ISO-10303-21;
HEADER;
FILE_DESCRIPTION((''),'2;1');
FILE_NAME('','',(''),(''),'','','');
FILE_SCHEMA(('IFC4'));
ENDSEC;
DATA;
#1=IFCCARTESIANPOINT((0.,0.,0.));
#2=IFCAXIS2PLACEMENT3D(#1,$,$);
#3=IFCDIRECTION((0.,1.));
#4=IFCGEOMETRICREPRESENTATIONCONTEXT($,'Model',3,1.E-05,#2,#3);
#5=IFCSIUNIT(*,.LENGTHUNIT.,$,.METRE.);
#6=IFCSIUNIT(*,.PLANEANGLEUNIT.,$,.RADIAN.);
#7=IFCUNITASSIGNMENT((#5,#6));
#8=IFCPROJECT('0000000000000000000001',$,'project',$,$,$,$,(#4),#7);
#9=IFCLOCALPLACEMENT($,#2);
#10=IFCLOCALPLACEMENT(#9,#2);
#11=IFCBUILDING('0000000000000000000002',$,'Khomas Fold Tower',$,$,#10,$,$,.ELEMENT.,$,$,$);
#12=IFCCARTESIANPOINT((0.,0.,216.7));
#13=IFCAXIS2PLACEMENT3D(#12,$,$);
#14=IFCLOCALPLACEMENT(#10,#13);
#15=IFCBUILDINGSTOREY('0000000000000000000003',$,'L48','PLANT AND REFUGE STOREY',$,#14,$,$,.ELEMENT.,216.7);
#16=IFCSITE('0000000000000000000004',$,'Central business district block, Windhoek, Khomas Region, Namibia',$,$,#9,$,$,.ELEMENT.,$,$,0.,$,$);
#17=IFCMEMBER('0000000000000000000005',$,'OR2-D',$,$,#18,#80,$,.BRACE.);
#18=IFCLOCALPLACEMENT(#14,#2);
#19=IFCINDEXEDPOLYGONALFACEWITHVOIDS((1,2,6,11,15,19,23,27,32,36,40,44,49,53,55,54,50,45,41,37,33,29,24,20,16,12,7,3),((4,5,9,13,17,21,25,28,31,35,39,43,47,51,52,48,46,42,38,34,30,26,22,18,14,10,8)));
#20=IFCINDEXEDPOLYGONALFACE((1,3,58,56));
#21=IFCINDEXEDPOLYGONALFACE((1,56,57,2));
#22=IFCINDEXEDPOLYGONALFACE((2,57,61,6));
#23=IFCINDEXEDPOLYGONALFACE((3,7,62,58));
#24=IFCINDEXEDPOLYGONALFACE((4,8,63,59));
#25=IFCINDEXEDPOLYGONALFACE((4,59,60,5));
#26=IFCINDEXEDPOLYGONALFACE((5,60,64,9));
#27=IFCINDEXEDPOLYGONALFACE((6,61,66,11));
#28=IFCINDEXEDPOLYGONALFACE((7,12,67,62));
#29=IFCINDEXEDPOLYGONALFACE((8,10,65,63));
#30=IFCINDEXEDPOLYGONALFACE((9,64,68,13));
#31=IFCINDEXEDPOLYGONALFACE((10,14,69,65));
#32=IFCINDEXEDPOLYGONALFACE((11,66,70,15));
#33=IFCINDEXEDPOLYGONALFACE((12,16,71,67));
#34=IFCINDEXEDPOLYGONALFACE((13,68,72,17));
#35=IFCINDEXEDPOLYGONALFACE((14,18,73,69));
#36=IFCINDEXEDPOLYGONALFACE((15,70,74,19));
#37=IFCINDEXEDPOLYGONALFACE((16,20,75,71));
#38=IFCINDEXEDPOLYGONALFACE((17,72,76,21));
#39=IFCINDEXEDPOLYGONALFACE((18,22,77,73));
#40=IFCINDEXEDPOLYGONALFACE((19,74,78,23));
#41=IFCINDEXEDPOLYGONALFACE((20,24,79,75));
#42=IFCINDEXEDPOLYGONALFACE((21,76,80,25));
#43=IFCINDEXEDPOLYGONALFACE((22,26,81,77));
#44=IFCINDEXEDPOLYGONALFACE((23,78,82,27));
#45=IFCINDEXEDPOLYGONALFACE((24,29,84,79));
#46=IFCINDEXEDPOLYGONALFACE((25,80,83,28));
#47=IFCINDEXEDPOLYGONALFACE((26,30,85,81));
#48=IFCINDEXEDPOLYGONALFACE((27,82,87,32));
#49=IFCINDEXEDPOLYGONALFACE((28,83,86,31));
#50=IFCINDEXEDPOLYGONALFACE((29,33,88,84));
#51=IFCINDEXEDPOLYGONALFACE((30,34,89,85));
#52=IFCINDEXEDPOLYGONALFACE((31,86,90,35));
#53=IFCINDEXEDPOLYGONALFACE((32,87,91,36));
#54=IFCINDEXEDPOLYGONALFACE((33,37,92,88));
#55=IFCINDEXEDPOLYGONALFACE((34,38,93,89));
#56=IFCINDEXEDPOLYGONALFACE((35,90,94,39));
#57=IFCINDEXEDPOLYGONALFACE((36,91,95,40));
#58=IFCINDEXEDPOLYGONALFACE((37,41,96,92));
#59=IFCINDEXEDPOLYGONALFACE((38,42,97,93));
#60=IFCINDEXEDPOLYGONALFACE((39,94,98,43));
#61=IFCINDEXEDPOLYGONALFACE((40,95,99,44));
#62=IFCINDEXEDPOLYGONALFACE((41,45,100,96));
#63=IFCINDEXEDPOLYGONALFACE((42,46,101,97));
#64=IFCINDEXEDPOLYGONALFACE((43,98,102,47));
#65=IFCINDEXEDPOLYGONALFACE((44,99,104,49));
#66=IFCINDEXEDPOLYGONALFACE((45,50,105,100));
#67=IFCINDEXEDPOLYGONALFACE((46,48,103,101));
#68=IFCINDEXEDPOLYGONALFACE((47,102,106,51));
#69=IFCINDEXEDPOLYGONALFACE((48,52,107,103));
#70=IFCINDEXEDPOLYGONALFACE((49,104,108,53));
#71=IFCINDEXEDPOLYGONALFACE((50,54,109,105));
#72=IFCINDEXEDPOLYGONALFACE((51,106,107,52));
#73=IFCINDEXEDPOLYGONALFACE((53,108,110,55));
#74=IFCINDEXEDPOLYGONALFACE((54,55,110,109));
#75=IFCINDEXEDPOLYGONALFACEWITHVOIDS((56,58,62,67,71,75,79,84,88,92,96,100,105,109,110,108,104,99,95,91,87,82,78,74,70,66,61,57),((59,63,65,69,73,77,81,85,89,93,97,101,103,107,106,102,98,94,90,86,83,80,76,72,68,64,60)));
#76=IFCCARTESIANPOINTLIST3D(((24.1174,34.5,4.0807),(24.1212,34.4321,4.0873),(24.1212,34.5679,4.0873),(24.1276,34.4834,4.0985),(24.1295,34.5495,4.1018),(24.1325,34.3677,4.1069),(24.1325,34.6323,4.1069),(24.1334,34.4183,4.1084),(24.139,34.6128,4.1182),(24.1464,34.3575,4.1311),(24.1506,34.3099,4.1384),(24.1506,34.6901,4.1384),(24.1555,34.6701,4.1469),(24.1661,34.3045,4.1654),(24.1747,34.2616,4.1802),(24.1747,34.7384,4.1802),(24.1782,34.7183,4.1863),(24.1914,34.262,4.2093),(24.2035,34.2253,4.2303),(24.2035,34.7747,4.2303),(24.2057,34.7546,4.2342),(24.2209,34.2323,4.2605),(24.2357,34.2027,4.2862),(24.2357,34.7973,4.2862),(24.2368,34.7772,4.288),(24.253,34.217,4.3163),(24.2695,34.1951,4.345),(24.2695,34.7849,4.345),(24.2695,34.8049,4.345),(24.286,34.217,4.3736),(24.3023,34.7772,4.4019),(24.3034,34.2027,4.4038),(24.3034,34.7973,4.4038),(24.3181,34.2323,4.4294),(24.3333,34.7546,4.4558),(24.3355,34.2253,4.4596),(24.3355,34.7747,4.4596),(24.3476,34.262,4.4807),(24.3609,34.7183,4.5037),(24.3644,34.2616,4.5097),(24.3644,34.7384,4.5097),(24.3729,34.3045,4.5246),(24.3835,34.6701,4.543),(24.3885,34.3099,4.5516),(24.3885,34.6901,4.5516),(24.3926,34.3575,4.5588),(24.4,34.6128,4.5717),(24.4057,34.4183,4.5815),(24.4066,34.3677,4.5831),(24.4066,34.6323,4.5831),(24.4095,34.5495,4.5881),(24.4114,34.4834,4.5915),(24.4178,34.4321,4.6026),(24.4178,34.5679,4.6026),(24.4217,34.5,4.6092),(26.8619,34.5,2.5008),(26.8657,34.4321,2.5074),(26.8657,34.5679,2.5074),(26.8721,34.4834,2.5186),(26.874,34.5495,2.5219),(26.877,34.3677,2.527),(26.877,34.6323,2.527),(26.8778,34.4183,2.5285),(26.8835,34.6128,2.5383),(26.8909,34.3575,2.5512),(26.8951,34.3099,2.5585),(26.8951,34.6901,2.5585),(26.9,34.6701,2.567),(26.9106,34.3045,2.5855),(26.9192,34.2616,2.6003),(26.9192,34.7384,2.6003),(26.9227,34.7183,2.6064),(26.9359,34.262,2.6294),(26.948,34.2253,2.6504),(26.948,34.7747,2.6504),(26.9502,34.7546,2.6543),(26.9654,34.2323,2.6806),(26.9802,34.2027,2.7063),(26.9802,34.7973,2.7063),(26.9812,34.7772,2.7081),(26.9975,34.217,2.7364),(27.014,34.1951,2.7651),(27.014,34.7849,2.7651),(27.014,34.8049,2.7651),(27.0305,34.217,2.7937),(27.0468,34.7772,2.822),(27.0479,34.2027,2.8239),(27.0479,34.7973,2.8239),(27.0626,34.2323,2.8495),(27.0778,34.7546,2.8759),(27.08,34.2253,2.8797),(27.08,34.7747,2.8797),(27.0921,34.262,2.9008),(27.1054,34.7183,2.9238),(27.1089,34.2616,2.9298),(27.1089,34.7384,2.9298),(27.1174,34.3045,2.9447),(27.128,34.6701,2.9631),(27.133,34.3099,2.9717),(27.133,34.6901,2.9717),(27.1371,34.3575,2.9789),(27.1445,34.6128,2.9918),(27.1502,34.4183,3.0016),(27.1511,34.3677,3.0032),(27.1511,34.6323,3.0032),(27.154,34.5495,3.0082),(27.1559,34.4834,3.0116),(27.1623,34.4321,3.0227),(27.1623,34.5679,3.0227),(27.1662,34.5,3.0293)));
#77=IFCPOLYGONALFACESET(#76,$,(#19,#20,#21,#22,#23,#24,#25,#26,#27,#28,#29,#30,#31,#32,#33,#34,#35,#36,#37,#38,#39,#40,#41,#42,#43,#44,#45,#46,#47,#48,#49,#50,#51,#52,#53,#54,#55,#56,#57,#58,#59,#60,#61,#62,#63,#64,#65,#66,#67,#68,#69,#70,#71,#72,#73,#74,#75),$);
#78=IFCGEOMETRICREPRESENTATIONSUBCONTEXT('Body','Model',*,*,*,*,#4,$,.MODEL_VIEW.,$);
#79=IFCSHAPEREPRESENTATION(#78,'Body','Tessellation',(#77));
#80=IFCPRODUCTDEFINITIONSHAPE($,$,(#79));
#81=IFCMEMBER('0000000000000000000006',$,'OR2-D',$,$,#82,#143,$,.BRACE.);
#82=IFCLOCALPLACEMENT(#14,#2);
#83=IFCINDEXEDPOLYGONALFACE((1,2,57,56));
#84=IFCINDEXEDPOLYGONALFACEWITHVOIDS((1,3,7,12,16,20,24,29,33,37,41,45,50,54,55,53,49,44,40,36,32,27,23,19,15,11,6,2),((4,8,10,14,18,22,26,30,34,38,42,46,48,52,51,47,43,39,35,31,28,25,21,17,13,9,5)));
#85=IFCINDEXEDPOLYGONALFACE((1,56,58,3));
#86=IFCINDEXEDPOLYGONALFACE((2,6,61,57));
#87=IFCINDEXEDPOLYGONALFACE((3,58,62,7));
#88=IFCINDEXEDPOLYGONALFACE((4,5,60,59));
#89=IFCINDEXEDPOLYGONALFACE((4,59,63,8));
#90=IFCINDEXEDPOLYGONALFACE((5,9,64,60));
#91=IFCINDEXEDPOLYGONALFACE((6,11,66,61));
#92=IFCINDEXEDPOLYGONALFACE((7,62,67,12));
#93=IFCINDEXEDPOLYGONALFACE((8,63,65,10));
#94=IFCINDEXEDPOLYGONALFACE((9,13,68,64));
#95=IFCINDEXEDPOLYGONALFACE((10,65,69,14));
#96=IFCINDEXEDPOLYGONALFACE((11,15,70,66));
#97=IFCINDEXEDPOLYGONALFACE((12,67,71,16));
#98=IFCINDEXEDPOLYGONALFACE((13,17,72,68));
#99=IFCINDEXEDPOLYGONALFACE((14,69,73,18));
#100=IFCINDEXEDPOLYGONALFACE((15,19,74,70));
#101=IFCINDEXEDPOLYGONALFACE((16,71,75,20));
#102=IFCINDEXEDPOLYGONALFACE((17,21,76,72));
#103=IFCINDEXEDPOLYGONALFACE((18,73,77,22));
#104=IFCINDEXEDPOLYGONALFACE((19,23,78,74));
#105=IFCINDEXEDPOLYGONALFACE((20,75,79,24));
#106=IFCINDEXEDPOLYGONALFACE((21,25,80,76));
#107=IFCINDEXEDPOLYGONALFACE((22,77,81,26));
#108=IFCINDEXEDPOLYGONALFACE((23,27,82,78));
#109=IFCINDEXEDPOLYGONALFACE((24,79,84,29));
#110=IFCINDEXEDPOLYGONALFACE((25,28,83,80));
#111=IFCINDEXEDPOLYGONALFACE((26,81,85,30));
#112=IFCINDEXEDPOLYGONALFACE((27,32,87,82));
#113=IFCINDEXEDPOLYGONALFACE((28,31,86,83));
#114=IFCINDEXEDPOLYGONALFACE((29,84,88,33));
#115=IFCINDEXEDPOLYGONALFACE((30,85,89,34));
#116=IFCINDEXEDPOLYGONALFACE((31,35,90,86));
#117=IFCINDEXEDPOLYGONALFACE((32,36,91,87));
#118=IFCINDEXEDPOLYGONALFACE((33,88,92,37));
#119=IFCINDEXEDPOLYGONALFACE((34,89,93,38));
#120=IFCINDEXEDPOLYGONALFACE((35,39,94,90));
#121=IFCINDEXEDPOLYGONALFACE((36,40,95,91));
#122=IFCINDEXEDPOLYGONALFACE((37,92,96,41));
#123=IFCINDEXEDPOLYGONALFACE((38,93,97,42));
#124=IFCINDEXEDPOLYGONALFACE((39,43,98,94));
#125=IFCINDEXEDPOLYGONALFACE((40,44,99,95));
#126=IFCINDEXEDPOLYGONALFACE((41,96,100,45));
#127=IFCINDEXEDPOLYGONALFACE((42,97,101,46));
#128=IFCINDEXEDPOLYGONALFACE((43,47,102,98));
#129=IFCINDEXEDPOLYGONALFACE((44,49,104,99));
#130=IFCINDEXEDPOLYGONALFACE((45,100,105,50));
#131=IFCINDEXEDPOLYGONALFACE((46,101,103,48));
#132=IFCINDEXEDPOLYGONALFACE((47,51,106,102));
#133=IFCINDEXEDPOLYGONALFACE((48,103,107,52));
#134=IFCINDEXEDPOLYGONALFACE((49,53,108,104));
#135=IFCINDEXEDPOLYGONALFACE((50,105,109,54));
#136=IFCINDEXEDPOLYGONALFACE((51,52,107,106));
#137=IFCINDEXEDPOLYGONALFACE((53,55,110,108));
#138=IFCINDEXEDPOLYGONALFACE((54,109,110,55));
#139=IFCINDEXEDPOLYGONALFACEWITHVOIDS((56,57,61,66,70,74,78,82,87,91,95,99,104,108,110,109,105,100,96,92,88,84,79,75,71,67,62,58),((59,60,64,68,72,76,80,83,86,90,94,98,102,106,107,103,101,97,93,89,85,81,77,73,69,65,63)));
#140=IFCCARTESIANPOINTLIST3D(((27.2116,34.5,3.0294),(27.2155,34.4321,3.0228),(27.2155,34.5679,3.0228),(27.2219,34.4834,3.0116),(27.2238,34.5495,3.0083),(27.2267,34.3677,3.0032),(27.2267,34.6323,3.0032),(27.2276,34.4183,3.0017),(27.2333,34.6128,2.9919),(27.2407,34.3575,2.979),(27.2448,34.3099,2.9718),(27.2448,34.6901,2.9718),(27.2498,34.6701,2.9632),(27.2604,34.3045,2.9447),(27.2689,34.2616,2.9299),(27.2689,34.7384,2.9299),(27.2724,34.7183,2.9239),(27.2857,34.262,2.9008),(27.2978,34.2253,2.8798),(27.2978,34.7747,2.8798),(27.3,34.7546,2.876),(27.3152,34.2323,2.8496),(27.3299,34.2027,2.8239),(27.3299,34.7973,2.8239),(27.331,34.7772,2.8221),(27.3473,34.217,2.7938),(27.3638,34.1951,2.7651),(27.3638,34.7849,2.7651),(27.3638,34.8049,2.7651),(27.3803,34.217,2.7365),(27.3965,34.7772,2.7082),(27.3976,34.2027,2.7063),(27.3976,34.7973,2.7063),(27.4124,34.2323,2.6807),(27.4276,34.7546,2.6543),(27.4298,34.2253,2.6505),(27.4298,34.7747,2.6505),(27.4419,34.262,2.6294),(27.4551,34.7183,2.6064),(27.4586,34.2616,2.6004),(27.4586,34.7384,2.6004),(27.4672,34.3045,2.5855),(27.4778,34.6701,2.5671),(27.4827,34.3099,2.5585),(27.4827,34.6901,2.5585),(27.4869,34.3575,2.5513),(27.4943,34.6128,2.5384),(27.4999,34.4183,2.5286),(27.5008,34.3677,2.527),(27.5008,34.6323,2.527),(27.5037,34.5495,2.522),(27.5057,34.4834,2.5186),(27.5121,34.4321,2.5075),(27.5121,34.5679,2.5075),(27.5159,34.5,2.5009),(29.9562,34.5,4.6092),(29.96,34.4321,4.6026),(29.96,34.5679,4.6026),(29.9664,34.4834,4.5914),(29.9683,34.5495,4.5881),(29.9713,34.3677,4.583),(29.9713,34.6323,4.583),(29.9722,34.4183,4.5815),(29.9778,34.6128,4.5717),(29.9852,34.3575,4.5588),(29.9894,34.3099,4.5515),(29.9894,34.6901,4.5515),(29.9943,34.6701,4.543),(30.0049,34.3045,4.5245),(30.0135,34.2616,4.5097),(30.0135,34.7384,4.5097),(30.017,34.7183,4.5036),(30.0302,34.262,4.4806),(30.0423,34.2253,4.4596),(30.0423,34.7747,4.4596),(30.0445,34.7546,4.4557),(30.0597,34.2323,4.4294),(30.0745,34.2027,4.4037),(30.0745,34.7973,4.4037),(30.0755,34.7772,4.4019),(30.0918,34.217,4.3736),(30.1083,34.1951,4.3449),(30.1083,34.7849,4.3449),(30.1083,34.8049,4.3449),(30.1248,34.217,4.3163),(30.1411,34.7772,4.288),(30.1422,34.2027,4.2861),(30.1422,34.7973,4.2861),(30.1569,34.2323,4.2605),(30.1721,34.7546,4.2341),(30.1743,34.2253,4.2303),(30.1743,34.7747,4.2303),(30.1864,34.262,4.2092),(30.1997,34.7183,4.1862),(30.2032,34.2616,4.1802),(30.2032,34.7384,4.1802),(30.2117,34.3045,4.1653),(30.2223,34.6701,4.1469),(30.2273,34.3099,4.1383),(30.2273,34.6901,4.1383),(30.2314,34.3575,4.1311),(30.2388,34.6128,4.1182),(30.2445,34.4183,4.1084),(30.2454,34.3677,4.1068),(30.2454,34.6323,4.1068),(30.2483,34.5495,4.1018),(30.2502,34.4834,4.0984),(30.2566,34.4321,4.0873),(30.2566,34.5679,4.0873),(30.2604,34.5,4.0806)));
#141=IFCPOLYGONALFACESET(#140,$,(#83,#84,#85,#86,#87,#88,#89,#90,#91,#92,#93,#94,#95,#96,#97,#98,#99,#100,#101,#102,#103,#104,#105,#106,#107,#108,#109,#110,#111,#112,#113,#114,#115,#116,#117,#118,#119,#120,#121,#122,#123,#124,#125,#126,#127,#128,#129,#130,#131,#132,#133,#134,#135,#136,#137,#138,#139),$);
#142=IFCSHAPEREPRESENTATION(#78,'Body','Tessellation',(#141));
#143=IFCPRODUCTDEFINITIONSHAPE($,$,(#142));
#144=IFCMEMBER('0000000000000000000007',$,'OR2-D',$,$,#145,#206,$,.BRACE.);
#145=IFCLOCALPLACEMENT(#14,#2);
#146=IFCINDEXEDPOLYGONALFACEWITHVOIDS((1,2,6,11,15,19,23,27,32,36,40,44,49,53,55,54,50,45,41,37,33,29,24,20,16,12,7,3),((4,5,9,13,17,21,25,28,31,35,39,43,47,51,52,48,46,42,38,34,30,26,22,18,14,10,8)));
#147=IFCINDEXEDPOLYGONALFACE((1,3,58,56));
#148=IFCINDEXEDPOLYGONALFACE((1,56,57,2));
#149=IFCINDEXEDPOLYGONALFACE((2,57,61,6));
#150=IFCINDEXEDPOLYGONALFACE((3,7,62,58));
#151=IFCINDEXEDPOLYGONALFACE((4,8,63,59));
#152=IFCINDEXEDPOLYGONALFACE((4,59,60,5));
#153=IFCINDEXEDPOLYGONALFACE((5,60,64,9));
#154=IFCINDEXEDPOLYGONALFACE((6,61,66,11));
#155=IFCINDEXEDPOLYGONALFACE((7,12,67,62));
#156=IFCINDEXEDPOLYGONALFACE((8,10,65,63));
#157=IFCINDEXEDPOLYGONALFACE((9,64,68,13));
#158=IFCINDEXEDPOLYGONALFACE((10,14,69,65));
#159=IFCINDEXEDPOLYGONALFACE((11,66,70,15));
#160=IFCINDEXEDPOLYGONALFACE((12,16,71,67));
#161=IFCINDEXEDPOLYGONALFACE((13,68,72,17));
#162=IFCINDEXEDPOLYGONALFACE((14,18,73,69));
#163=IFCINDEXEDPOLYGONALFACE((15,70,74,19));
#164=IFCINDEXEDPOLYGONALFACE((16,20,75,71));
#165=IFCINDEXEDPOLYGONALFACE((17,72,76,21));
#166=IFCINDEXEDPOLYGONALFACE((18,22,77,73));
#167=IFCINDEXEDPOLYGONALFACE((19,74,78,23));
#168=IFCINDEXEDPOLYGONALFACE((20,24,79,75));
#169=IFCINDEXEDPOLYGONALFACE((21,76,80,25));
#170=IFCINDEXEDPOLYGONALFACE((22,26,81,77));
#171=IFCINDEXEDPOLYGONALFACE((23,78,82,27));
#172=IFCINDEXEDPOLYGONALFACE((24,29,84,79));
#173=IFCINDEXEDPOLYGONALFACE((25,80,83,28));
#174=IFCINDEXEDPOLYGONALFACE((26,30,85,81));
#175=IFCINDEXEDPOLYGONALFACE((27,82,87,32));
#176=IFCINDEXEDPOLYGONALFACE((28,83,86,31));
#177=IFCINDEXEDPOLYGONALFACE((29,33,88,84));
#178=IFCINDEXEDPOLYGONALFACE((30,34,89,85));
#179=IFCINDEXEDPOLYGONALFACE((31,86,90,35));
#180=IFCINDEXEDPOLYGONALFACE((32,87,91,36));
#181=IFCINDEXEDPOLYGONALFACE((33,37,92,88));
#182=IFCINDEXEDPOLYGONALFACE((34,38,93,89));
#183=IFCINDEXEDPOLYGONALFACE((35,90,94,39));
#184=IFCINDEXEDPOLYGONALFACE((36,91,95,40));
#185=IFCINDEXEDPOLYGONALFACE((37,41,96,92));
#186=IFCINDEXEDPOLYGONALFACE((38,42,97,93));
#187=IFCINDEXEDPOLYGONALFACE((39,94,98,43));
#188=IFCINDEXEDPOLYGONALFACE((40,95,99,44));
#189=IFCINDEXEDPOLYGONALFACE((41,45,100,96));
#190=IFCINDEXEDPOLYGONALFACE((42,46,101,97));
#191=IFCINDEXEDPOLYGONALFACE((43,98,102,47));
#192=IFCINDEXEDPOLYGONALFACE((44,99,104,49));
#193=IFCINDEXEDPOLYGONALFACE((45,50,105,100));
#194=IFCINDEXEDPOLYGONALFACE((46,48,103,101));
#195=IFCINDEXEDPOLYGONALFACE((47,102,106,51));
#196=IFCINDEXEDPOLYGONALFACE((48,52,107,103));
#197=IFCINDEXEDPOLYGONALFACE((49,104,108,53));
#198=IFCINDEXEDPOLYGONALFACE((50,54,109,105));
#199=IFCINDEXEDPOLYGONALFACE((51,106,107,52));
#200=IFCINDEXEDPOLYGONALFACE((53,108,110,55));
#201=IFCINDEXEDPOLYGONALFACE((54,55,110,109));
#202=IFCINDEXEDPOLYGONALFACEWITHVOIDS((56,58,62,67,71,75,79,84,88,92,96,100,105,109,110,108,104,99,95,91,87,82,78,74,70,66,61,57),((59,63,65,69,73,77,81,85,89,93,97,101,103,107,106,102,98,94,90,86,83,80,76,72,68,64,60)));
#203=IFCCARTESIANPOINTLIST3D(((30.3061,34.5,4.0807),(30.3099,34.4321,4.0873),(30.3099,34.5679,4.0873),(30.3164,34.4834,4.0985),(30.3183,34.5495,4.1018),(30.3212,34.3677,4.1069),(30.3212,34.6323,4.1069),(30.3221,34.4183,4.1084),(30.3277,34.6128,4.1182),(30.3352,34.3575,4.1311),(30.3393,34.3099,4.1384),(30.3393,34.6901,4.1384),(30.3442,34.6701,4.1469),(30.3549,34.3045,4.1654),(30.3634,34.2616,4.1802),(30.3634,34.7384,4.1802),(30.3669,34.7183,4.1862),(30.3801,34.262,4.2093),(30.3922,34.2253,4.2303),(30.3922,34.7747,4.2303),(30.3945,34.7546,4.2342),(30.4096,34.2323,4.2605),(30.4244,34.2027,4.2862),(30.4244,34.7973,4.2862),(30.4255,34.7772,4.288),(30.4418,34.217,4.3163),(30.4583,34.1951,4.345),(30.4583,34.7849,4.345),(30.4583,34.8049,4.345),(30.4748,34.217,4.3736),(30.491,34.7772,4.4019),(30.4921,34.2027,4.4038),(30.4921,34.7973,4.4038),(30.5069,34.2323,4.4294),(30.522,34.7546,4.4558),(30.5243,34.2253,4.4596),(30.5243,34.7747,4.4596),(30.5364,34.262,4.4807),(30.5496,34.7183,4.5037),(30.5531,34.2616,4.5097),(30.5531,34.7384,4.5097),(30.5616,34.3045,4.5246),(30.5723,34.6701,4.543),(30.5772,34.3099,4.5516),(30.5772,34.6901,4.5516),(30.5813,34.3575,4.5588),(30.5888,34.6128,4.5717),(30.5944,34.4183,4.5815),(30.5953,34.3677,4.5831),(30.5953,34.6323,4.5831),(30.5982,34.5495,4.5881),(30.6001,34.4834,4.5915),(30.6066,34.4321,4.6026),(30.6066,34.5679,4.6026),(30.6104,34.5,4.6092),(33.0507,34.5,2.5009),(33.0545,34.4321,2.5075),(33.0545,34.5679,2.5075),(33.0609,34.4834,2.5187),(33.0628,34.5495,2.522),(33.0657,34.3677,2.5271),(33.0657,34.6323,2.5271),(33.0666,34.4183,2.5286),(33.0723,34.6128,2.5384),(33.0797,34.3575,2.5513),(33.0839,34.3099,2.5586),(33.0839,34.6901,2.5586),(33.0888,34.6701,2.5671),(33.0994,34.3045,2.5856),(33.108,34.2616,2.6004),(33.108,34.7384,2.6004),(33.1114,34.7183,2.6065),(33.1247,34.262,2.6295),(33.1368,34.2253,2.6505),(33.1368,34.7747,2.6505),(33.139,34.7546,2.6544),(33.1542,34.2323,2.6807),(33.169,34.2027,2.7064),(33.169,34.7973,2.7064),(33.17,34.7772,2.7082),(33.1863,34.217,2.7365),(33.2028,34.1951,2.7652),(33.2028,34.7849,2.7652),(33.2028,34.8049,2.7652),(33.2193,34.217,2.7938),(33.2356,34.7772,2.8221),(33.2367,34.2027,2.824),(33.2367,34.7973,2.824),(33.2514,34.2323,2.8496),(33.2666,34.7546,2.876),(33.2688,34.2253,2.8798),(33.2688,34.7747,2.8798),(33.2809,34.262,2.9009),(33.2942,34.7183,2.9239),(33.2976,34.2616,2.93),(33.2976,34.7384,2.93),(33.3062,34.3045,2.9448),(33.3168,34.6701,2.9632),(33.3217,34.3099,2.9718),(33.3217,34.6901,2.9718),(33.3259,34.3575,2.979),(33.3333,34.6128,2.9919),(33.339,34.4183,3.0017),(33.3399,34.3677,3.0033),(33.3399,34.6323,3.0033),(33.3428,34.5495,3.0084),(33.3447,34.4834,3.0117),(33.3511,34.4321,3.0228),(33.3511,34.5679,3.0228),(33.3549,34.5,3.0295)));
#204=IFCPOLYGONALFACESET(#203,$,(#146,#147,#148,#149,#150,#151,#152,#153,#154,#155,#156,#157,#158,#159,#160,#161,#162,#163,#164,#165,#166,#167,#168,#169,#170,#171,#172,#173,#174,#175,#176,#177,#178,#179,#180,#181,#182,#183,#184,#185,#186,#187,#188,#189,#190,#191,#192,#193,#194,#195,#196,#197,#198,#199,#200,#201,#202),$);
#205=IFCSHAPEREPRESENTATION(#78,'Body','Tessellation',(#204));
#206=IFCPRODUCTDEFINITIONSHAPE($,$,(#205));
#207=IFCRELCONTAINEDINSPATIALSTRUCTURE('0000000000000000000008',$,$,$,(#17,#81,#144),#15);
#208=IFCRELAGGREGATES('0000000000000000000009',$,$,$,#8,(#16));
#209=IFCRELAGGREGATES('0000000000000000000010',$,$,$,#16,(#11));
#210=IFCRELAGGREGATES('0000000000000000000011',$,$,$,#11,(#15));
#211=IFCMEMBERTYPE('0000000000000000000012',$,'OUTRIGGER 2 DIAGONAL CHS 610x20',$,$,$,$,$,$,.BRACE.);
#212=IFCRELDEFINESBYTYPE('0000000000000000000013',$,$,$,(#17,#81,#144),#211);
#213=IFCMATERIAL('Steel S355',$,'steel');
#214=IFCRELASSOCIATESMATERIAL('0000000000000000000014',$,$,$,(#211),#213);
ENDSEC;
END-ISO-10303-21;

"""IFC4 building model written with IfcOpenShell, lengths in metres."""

from ifc_helpers import new_model, si_unit, direction, frame, origin, origin_2d, place, context, subcontext, project, spatial, hollow_circle, extrude, source, transform, mapped, material, material_profile, profile_set, type_object, element, save


model = new_model("IFC4")

# Units and contexts
model_context = context("Model", 3, precision=1e-05, world=origin(), true_north=direction((0.0, 1.0)))
body_context = subcontext(model_context, "Body", "Model", "MODEL_VIEW")
ifc_project = project(units=[si_unit("LENGTHUNIT", "METRE"), si_unit("PLANEANGLEUNIT", "RADIAN")], contexts=[model_context])

# Site, building, storey
site_placement = place(None, origin())
site = spatial("IfcSite", under=ifc_project, at=site_placement, Name="Central business district block, Windhoek, Khomas Region, Namibia", CompositionType="ELEMENT", RefElevation=0.0)
building_placement = place(site_placement, origin())
building = spatial("IfcBuilding", under=site, at=building_placement, Name="Khomas Fold Tower", CompositionType="ELEMENT")
storey_placement = place(building_placement, frame((0.0, 0.0, 216.7)))
storey = spatial("IfcBuildingStorey", under=building, at=storey_placement, Name="L48", Description="PLANT AND REFUGE STOREY", CompositionType="ELEMENT", Elevation=216.7)

# Members
ifc_material_1 = material(Name="Steel S355", Category="steel")
ifc_material_profile_1 = material_profile(ifc_material_1, hollow_circle(Radius=0.3049, WallThickness=0.02, at=origin_2d()), Name="CHS 610x20")
ifc_profile_set_1 = profile_set([ifc_material_profile_1], Name="Steel S355")
member_type_1 = type_object("IfcMemberType", Name="OUTRIGGER 2 DIAGONAL CHS 610x20", PredefinedType="BRACE", material=ifc_profile_set_1)
shared_shape_1 = source(origin(), body_context, "Body", "SweptSolid", [
    extrude(hollow_circle(Radius=0.3049, WallThickness=0.02, at=origin_2d()), origin(), (0.0, 0.0, 1.0), 3.1667),
])
for number, where, z_axis, x_axis, name in (
    (1, (24.2695, 34.5, 4.345), (0.866659, 0.0, -0.498901), (0.0, 1.0, 0.0), "OR2-D"),
    (2, (27.3638, 34.5, 2.7651), (0.866678, 0.0, 0.498868), (0.0, 1.0, 0.0), "OR2-D"),
    (3, (30.4583, 34.5, 4.345), (0.866678, 0.0, -0.498868), (0.0, 1.0, 0.0), "OR2-D"),
):
    element("IfcMember", number, at=place(storey_placement, frame(where, z_axis=z_axis, x_axis=x_axis)), inside=storey, type_object=member_type_1, Name=name, PredefinedType="BRACE", context=body_context, shape_type="MappedRepresentation", body=[
        mapped(shared_shape_1, transform((0.0, 0.0, 0.0))),
    ])

save(model, "model.ifc")
